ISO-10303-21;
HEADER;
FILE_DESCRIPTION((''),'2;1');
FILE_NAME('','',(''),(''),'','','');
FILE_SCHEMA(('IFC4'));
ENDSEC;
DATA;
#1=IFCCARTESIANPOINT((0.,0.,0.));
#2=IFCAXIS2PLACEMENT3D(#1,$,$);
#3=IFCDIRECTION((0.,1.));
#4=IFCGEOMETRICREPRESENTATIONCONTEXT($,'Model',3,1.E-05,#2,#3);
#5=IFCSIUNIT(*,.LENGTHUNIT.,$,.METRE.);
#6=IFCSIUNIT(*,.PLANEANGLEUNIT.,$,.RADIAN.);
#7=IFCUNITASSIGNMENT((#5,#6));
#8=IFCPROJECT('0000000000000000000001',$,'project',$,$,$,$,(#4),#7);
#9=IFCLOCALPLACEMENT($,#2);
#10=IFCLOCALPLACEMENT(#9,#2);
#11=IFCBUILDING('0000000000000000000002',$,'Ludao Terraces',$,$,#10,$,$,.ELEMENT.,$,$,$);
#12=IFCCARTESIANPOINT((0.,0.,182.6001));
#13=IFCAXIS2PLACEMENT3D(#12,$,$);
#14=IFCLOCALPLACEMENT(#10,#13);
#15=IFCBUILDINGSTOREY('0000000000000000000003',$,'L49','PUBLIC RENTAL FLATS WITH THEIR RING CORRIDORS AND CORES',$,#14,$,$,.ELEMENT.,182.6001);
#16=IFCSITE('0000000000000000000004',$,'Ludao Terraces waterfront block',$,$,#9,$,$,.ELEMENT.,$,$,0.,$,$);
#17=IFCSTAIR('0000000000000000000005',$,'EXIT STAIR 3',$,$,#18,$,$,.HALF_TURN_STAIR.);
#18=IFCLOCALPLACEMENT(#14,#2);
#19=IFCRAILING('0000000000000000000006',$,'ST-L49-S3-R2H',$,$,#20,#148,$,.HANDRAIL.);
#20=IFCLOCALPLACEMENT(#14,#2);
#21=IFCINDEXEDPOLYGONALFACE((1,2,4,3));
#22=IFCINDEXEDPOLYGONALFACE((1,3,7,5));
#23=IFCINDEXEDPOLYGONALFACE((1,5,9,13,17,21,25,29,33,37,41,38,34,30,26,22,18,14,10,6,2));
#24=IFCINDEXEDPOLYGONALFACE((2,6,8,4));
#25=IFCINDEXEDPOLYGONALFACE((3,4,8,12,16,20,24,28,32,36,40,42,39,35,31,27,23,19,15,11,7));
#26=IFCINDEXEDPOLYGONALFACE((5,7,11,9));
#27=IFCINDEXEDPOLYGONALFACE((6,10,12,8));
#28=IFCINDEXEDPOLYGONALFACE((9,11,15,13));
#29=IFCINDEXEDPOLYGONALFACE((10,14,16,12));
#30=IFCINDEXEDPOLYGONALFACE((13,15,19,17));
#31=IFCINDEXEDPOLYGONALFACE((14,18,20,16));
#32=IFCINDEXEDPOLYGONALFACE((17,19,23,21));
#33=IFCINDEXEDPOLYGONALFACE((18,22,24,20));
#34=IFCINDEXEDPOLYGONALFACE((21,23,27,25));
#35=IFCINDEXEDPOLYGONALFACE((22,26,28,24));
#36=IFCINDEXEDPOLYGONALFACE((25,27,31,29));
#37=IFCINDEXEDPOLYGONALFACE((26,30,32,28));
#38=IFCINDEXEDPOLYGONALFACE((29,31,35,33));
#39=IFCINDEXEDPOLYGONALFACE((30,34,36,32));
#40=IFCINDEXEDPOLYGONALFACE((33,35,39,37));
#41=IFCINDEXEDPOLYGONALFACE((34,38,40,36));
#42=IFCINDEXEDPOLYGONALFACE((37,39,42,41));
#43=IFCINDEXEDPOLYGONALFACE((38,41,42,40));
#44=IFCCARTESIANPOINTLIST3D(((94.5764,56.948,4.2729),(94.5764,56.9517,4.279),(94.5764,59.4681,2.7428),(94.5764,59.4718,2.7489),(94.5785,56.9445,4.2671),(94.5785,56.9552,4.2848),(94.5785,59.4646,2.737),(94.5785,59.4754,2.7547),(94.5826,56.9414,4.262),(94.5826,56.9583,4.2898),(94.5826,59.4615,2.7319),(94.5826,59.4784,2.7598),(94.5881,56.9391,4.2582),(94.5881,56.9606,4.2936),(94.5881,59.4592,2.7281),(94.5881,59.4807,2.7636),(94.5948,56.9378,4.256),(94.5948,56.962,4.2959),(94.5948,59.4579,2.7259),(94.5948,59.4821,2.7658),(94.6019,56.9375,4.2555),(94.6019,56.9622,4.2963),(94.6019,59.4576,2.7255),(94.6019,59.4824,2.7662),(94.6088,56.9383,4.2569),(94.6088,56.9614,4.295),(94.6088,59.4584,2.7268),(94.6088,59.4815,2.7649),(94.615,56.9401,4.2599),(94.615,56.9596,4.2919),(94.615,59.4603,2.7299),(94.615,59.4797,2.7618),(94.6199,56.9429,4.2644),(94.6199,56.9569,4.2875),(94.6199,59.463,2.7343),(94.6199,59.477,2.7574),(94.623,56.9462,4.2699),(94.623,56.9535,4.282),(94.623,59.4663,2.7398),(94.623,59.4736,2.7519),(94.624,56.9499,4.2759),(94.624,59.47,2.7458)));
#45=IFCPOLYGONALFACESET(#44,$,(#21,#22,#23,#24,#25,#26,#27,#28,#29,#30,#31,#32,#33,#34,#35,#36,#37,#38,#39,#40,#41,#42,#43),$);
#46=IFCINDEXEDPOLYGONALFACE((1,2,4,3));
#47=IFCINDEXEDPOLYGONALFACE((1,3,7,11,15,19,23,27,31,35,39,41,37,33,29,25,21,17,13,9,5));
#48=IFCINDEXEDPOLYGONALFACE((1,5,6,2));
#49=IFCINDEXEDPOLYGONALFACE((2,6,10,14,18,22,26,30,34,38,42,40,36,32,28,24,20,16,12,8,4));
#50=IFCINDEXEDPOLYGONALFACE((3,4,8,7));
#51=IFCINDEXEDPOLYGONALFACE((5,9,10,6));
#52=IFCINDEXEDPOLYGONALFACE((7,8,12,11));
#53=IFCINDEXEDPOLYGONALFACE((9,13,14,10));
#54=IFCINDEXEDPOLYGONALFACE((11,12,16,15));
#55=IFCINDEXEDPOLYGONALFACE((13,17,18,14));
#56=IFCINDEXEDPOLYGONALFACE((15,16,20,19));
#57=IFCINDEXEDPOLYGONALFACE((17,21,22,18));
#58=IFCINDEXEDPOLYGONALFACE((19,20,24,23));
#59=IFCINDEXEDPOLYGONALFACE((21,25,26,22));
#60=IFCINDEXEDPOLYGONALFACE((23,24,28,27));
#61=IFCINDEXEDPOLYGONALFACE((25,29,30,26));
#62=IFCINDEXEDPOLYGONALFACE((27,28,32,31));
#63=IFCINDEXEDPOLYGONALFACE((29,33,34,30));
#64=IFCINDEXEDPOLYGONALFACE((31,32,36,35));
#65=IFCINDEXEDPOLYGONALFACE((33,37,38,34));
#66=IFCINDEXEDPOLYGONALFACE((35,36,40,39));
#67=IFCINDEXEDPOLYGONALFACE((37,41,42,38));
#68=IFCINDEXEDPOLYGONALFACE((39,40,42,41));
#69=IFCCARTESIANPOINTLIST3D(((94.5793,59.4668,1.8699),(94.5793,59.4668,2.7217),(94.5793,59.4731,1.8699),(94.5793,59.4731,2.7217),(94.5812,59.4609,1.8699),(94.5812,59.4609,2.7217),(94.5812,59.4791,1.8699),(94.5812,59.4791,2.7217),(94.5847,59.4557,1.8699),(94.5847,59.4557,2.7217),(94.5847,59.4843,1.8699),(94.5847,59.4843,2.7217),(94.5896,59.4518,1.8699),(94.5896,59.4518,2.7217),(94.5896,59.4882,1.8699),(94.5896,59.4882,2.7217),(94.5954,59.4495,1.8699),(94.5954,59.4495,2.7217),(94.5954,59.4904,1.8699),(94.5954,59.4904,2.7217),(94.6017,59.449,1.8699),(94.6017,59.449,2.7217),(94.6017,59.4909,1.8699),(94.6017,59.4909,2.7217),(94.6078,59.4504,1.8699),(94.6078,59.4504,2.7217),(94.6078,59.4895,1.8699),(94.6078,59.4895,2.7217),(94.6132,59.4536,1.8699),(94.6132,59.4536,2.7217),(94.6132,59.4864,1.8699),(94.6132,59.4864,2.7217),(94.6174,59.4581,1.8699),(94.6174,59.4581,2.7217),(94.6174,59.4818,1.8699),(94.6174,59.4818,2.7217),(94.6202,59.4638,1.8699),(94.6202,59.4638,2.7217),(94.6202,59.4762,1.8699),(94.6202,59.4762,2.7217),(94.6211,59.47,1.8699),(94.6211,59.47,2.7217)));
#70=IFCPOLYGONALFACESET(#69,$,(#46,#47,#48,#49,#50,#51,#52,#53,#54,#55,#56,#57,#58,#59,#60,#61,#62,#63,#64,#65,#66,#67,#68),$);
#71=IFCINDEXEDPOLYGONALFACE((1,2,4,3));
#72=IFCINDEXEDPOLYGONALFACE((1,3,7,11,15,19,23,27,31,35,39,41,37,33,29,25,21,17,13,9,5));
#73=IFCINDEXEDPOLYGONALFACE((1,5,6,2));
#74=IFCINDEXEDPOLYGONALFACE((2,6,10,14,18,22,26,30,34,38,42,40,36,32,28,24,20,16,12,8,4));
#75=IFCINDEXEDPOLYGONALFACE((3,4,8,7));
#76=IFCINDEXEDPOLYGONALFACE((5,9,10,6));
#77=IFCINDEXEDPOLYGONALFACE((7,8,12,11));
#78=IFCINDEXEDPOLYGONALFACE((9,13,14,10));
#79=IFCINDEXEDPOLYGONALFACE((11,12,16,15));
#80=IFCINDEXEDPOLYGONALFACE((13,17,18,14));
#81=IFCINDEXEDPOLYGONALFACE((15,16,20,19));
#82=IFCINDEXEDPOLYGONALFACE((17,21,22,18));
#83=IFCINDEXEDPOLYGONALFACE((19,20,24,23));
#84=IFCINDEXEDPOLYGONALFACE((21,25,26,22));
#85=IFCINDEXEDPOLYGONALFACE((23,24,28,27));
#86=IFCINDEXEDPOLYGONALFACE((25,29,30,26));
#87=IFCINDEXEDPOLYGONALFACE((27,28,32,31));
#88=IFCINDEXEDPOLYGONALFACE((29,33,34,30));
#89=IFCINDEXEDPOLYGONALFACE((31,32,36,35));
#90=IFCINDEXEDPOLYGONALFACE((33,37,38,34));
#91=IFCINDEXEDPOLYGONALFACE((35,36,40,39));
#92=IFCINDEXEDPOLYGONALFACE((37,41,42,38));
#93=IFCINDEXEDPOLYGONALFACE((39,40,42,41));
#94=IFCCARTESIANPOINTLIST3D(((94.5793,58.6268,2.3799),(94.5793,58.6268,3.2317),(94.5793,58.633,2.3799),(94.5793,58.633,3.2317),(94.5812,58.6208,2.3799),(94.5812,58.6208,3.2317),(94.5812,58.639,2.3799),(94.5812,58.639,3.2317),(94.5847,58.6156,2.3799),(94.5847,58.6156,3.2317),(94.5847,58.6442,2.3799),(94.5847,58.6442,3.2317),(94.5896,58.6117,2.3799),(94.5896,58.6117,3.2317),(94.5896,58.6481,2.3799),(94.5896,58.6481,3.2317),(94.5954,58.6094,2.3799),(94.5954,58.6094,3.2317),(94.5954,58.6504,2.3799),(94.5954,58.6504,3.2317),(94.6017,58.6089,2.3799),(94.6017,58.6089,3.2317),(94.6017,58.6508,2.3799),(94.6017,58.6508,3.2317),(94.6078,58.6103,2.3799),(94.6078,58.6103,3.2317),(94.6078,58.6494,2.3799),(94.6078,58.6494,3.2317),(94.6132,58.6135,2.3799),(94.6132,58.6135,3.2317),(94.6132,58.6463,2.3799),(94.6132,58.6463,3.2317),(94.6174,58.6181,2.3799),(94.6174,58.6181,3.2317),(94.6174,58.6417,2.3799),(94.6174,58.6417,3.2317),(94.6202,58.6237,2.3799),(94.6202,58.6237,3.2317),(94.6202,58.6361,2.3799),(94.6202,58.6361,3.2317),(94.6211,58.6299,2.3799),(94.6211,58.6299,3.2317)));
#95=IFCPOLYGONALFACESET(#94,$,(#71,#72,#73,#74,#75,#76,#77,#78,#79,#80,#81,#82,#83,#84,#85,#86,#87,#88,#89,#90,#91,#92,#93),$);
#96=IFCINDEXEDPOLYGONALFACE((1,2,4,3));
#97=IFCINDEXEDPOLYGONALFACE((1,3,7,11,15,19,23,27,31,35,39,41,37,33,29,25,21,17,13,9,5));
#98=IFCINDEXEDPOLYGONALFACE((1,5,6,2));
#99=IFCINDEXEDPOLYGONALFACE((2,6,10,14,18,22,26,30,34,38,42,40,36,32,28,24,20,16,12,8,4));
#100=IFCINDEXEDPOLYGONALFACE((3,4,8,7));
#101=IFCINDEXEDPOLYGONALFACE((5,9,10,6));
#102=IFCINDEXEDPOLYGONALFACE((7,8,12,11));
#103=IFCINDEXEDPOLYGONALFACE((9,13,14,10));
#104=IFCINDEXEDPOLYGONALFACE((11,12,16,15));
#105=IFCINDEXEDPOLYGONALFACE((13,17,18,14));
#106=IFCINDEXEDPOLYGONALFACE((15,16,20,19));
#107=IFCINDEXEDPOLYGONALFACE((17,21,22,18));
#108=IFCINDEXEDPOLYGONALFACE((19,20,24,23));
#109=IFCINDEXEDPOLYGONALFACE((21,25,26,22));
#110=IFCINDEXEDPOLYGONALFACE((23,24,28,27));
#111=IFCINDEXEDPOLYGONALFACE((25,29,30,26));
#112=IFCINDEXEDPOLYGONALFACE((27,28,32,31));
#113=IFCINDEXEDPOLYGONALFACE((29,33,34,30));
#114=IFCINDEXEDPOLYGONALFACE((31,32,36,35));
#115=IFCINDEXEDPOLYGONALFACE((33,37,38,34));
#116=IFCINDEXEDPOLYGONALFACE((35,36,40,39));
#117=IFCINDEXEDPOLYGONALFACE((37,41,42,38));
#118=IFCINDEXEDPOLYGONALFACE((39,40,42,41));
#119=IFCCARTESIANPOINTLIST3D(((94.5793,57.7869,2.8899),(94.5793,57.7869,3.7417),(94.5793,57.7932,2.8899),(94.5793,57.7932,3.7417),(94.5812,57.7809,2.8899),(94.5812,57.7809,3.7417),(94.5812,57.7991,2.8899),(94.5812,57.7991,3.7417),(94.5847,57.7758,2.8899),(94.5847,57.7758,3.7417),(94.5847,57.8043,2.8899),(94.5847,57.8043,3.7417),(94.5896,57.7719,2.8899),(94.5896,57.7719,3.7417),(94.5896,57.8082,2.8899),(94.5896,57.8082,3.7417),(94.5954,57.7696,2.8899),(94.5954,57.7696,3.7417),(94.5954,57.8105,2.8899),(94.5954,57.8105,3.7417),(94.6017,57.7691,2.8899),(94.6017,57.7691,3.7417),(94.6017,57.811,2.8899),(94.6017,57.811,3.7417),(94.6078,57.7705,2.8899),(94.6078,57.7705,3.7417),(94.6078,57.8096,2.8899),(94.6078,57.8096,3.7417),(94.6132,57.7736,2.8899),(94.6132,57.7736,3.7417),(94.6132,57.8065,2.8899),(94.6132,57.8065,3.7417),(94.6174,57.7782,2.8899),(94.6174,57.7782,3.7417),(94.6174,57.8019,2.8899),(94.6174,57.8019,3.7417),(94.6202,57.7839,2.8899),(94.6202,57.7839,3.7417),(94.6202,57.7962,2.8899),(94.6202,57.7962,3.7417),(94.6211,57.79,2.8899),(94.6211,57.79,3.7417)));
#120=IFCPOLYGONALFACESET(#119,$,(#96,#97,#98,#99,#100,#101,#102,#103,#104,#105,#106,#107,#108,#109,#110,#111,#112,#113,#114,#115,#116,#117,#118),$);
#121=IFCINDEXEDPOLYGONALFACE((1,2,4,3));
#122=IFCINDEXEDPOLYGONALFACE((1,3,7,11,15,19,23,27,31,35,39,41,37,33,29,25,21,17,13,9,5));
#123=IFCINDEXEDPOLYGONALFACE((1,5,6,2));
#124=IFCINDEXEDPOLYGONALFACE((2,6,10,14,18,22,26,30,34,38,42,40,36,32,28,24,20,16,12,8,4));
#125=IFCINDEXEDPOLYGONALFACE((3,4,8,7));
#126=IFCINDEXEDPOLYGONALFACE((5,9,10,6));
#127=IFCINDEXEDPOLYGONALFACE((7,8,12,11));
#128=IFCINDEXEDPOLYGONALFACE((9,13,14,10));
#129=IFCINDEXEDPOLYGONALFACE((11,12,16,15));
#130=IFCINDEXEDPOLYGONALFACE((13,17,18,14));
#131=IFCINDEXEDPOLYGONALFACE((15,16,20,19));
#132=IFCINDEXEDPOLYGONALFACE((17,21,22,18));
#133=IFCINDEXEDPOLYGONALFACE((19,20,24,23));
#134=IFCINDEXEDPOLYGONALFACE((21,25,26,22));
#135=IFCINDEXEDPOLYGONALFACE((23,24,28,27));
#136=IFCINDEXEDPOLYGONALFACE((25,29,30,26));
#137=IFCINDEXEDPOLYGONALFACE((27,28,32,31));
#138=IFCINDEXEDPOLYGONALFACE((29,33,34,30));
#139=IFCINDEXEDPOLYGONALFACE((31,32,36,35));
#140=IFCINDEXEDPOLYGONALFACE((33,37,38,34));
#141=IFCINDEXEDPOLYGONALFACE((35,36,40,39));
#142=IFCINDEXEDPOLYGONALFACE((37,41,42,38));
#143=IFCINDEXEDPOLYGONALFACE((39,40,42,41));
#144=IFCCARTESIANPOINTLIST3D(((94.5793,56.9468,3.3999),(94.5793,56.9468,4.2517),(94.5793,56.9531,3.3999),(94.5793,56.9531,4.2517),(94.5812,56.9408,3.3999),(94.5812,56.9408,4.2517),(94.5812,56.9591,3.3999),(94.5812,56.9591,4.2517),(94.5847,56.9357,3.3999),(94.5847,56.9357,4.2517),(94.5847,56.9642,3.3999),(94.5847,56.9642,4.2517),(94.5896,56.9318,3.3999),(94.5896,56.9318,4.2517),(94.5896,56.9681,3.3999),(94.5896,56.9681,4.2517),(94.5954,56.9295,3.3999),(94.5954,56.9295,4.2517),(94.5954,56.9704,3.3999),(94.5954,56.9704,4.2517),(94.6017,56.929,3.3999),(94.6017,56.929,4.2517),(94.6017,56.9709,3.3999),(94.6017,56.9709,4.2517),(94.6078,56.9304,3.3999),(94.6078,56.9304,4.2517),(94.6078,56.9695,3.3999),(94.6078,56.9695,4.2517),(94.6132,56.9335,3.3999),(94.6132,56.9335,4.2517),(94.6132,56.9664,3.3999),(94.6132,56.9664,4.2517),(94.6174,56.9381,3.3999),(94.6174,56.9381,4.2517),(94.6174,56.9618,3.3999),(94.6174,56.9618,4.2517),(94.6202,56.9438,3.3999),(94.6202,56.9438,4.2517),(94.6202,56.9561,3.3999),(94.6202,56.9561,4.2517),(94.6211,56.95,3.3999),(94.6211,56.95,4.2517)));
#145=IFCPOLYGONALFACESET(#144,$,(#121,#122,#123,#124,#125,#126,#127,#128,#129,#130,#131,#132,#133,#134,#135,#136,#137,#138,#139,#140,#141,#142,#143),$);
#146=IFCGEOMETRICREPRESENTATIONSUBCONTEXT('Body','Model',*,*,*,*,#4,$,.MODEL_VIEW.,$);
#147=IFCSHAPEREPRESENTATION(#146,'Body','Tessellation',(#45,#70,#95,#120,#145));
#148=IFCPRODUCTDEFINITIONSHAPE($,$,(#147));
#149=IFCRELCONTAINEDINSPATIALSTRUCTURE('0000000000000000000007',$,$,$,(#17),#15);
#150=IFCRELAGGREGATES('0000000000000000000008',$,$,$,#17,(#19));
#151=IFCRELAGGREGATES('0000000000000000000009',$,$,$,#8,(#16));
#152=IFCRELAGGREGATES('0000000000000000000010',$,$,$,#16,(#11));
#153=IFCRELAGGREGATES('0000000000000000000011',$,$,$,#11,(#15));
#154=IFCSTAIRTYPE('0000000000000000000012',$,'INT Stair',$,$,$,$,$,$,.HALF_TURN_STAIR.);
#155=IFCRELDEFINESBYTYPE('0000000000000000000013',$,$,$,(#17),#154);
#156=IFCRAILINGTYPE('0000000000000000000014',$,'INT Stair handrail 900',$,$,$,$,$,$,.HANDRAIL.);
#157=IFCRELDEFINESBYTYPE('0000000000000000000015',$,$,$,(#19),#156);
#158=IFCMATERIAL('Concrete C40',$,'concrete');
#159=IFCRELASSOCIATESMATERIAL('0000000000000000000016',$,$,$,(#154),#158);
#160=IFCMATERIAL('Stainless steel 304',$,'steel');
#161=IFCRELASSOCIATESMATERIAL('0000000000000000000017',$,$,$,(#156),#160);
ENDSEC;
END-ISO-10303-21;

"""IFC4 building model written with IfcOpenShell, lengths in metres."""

from ifc_helpers import new_model, si_unit, direction, frame, origin, origin_2d, place, context, subcontext, project, spatial, circle, extrude, material, type_object, element, aggregate, save


model = new_model("IFC4")

# Units and contexts
model_context = context("Model", 3, precision=1e-05, world=origin(), true_north=direction((0.0, 1.0)))
body_context = subcontext(model_context, "Body", "Model", "MODEL_VIEW")
ifc_project = project(units=[si_unit("LENGTHUNIT", "METRE"), si_unit("PLANEANGLEUNIT", "RADIAN")], contexts=[model_context])

# Site, building, storey
site_placement = place(None, origin())
site = spatial("IfcSite", under=ifc_project, at=site_placement, Name="Ludao Terraces waterfront block", CompositionType="ELEMENT", RefElevation=0.0)
building_placement = place(site_placement, origin())
building = spatial("IfcBuilding", under=site, at=building_placement, Name="Ludao Terraces", CompositionType="ELEMENT")
storey_placement = place(building_placement, frame((0.0, 0.0, 182.6001)))
storey = spatial("IfcBuildingStorey", under=building, at=storey_placement, Name="L49", Description="PUBLIC RENTAL FLATS WITH THEIR RING CORRIDORS AND CORES", CompositionType="ELEMENT", Elevation=182.6001)

# Shared definitions
ifc_material_1 = material(Name="Concrete C40", Category="concrete")

# Stair, railing
stair_type = type_object("IfcStairType", Name="INT Stair", PredefinedType="HALF_TURN_STAIR", material=ifc_material_1)
stair_placement = place(storey_placement, origin())
stair = element("IfcStair", 1, at=stair_placement, inside=storey, type_object=stair_type, Name="EXIT STAIR 3", PredefinedType="HALF_TURN_STAIR")
ifc_material_2 = material(Name="Stainless steel 304", Category="steel")
railing_type_1 = type_object("IfcRailingType", Name="INT Stair handrail 900", PredefinedType="HANDRAIL", material=ifc_material_2)
railing_1_placement = place(storey_placement, frame((94.6001, 59.47, 1.8699)))
railing_1 = element("IfcRailing", 2, at=railing_1_placement, type_object=railing_type_1, Name="ST-L49-S3-R2H", PredefinedType="HANDRAIL", context=body_context, shape_type="SweptSolid", body=[
    extrude(circle(Radius=0.0239, at=origin_2d()), frame((0.0, 0.0, 0.876), z_axis=(0.0, -0.854785, 0.518982), x_axis=(1.0, 0.0, 0.0)), (0.0, 0.0, 1.0), 2.9482),
    extrude(circle(Radius=0.021, at=origin_2d()), origin(), (0.0, 0.0, 1.0), 0.8518),
    extrude(circle(Radius=0.021, at=origin_2d()), frame((0.0, -0.8401, 0.51)), (0.0, 0.0, 1.0), 0.8518),
    extrude(circle(Radius=0.021, at=origin_2d()), frame((0.0, -1.6799, 1.02)), (0.0, 0.0, 1.0), 0.8518),
    extrude(circle(Radius=0.021, at=origin_2d()), frame((0.0, -2.52, 1.53)), (0.0, 0.0, 1.0), 0.8518),
])
aggregate(stair, [railing_1])

save(model, "model.ifc")
